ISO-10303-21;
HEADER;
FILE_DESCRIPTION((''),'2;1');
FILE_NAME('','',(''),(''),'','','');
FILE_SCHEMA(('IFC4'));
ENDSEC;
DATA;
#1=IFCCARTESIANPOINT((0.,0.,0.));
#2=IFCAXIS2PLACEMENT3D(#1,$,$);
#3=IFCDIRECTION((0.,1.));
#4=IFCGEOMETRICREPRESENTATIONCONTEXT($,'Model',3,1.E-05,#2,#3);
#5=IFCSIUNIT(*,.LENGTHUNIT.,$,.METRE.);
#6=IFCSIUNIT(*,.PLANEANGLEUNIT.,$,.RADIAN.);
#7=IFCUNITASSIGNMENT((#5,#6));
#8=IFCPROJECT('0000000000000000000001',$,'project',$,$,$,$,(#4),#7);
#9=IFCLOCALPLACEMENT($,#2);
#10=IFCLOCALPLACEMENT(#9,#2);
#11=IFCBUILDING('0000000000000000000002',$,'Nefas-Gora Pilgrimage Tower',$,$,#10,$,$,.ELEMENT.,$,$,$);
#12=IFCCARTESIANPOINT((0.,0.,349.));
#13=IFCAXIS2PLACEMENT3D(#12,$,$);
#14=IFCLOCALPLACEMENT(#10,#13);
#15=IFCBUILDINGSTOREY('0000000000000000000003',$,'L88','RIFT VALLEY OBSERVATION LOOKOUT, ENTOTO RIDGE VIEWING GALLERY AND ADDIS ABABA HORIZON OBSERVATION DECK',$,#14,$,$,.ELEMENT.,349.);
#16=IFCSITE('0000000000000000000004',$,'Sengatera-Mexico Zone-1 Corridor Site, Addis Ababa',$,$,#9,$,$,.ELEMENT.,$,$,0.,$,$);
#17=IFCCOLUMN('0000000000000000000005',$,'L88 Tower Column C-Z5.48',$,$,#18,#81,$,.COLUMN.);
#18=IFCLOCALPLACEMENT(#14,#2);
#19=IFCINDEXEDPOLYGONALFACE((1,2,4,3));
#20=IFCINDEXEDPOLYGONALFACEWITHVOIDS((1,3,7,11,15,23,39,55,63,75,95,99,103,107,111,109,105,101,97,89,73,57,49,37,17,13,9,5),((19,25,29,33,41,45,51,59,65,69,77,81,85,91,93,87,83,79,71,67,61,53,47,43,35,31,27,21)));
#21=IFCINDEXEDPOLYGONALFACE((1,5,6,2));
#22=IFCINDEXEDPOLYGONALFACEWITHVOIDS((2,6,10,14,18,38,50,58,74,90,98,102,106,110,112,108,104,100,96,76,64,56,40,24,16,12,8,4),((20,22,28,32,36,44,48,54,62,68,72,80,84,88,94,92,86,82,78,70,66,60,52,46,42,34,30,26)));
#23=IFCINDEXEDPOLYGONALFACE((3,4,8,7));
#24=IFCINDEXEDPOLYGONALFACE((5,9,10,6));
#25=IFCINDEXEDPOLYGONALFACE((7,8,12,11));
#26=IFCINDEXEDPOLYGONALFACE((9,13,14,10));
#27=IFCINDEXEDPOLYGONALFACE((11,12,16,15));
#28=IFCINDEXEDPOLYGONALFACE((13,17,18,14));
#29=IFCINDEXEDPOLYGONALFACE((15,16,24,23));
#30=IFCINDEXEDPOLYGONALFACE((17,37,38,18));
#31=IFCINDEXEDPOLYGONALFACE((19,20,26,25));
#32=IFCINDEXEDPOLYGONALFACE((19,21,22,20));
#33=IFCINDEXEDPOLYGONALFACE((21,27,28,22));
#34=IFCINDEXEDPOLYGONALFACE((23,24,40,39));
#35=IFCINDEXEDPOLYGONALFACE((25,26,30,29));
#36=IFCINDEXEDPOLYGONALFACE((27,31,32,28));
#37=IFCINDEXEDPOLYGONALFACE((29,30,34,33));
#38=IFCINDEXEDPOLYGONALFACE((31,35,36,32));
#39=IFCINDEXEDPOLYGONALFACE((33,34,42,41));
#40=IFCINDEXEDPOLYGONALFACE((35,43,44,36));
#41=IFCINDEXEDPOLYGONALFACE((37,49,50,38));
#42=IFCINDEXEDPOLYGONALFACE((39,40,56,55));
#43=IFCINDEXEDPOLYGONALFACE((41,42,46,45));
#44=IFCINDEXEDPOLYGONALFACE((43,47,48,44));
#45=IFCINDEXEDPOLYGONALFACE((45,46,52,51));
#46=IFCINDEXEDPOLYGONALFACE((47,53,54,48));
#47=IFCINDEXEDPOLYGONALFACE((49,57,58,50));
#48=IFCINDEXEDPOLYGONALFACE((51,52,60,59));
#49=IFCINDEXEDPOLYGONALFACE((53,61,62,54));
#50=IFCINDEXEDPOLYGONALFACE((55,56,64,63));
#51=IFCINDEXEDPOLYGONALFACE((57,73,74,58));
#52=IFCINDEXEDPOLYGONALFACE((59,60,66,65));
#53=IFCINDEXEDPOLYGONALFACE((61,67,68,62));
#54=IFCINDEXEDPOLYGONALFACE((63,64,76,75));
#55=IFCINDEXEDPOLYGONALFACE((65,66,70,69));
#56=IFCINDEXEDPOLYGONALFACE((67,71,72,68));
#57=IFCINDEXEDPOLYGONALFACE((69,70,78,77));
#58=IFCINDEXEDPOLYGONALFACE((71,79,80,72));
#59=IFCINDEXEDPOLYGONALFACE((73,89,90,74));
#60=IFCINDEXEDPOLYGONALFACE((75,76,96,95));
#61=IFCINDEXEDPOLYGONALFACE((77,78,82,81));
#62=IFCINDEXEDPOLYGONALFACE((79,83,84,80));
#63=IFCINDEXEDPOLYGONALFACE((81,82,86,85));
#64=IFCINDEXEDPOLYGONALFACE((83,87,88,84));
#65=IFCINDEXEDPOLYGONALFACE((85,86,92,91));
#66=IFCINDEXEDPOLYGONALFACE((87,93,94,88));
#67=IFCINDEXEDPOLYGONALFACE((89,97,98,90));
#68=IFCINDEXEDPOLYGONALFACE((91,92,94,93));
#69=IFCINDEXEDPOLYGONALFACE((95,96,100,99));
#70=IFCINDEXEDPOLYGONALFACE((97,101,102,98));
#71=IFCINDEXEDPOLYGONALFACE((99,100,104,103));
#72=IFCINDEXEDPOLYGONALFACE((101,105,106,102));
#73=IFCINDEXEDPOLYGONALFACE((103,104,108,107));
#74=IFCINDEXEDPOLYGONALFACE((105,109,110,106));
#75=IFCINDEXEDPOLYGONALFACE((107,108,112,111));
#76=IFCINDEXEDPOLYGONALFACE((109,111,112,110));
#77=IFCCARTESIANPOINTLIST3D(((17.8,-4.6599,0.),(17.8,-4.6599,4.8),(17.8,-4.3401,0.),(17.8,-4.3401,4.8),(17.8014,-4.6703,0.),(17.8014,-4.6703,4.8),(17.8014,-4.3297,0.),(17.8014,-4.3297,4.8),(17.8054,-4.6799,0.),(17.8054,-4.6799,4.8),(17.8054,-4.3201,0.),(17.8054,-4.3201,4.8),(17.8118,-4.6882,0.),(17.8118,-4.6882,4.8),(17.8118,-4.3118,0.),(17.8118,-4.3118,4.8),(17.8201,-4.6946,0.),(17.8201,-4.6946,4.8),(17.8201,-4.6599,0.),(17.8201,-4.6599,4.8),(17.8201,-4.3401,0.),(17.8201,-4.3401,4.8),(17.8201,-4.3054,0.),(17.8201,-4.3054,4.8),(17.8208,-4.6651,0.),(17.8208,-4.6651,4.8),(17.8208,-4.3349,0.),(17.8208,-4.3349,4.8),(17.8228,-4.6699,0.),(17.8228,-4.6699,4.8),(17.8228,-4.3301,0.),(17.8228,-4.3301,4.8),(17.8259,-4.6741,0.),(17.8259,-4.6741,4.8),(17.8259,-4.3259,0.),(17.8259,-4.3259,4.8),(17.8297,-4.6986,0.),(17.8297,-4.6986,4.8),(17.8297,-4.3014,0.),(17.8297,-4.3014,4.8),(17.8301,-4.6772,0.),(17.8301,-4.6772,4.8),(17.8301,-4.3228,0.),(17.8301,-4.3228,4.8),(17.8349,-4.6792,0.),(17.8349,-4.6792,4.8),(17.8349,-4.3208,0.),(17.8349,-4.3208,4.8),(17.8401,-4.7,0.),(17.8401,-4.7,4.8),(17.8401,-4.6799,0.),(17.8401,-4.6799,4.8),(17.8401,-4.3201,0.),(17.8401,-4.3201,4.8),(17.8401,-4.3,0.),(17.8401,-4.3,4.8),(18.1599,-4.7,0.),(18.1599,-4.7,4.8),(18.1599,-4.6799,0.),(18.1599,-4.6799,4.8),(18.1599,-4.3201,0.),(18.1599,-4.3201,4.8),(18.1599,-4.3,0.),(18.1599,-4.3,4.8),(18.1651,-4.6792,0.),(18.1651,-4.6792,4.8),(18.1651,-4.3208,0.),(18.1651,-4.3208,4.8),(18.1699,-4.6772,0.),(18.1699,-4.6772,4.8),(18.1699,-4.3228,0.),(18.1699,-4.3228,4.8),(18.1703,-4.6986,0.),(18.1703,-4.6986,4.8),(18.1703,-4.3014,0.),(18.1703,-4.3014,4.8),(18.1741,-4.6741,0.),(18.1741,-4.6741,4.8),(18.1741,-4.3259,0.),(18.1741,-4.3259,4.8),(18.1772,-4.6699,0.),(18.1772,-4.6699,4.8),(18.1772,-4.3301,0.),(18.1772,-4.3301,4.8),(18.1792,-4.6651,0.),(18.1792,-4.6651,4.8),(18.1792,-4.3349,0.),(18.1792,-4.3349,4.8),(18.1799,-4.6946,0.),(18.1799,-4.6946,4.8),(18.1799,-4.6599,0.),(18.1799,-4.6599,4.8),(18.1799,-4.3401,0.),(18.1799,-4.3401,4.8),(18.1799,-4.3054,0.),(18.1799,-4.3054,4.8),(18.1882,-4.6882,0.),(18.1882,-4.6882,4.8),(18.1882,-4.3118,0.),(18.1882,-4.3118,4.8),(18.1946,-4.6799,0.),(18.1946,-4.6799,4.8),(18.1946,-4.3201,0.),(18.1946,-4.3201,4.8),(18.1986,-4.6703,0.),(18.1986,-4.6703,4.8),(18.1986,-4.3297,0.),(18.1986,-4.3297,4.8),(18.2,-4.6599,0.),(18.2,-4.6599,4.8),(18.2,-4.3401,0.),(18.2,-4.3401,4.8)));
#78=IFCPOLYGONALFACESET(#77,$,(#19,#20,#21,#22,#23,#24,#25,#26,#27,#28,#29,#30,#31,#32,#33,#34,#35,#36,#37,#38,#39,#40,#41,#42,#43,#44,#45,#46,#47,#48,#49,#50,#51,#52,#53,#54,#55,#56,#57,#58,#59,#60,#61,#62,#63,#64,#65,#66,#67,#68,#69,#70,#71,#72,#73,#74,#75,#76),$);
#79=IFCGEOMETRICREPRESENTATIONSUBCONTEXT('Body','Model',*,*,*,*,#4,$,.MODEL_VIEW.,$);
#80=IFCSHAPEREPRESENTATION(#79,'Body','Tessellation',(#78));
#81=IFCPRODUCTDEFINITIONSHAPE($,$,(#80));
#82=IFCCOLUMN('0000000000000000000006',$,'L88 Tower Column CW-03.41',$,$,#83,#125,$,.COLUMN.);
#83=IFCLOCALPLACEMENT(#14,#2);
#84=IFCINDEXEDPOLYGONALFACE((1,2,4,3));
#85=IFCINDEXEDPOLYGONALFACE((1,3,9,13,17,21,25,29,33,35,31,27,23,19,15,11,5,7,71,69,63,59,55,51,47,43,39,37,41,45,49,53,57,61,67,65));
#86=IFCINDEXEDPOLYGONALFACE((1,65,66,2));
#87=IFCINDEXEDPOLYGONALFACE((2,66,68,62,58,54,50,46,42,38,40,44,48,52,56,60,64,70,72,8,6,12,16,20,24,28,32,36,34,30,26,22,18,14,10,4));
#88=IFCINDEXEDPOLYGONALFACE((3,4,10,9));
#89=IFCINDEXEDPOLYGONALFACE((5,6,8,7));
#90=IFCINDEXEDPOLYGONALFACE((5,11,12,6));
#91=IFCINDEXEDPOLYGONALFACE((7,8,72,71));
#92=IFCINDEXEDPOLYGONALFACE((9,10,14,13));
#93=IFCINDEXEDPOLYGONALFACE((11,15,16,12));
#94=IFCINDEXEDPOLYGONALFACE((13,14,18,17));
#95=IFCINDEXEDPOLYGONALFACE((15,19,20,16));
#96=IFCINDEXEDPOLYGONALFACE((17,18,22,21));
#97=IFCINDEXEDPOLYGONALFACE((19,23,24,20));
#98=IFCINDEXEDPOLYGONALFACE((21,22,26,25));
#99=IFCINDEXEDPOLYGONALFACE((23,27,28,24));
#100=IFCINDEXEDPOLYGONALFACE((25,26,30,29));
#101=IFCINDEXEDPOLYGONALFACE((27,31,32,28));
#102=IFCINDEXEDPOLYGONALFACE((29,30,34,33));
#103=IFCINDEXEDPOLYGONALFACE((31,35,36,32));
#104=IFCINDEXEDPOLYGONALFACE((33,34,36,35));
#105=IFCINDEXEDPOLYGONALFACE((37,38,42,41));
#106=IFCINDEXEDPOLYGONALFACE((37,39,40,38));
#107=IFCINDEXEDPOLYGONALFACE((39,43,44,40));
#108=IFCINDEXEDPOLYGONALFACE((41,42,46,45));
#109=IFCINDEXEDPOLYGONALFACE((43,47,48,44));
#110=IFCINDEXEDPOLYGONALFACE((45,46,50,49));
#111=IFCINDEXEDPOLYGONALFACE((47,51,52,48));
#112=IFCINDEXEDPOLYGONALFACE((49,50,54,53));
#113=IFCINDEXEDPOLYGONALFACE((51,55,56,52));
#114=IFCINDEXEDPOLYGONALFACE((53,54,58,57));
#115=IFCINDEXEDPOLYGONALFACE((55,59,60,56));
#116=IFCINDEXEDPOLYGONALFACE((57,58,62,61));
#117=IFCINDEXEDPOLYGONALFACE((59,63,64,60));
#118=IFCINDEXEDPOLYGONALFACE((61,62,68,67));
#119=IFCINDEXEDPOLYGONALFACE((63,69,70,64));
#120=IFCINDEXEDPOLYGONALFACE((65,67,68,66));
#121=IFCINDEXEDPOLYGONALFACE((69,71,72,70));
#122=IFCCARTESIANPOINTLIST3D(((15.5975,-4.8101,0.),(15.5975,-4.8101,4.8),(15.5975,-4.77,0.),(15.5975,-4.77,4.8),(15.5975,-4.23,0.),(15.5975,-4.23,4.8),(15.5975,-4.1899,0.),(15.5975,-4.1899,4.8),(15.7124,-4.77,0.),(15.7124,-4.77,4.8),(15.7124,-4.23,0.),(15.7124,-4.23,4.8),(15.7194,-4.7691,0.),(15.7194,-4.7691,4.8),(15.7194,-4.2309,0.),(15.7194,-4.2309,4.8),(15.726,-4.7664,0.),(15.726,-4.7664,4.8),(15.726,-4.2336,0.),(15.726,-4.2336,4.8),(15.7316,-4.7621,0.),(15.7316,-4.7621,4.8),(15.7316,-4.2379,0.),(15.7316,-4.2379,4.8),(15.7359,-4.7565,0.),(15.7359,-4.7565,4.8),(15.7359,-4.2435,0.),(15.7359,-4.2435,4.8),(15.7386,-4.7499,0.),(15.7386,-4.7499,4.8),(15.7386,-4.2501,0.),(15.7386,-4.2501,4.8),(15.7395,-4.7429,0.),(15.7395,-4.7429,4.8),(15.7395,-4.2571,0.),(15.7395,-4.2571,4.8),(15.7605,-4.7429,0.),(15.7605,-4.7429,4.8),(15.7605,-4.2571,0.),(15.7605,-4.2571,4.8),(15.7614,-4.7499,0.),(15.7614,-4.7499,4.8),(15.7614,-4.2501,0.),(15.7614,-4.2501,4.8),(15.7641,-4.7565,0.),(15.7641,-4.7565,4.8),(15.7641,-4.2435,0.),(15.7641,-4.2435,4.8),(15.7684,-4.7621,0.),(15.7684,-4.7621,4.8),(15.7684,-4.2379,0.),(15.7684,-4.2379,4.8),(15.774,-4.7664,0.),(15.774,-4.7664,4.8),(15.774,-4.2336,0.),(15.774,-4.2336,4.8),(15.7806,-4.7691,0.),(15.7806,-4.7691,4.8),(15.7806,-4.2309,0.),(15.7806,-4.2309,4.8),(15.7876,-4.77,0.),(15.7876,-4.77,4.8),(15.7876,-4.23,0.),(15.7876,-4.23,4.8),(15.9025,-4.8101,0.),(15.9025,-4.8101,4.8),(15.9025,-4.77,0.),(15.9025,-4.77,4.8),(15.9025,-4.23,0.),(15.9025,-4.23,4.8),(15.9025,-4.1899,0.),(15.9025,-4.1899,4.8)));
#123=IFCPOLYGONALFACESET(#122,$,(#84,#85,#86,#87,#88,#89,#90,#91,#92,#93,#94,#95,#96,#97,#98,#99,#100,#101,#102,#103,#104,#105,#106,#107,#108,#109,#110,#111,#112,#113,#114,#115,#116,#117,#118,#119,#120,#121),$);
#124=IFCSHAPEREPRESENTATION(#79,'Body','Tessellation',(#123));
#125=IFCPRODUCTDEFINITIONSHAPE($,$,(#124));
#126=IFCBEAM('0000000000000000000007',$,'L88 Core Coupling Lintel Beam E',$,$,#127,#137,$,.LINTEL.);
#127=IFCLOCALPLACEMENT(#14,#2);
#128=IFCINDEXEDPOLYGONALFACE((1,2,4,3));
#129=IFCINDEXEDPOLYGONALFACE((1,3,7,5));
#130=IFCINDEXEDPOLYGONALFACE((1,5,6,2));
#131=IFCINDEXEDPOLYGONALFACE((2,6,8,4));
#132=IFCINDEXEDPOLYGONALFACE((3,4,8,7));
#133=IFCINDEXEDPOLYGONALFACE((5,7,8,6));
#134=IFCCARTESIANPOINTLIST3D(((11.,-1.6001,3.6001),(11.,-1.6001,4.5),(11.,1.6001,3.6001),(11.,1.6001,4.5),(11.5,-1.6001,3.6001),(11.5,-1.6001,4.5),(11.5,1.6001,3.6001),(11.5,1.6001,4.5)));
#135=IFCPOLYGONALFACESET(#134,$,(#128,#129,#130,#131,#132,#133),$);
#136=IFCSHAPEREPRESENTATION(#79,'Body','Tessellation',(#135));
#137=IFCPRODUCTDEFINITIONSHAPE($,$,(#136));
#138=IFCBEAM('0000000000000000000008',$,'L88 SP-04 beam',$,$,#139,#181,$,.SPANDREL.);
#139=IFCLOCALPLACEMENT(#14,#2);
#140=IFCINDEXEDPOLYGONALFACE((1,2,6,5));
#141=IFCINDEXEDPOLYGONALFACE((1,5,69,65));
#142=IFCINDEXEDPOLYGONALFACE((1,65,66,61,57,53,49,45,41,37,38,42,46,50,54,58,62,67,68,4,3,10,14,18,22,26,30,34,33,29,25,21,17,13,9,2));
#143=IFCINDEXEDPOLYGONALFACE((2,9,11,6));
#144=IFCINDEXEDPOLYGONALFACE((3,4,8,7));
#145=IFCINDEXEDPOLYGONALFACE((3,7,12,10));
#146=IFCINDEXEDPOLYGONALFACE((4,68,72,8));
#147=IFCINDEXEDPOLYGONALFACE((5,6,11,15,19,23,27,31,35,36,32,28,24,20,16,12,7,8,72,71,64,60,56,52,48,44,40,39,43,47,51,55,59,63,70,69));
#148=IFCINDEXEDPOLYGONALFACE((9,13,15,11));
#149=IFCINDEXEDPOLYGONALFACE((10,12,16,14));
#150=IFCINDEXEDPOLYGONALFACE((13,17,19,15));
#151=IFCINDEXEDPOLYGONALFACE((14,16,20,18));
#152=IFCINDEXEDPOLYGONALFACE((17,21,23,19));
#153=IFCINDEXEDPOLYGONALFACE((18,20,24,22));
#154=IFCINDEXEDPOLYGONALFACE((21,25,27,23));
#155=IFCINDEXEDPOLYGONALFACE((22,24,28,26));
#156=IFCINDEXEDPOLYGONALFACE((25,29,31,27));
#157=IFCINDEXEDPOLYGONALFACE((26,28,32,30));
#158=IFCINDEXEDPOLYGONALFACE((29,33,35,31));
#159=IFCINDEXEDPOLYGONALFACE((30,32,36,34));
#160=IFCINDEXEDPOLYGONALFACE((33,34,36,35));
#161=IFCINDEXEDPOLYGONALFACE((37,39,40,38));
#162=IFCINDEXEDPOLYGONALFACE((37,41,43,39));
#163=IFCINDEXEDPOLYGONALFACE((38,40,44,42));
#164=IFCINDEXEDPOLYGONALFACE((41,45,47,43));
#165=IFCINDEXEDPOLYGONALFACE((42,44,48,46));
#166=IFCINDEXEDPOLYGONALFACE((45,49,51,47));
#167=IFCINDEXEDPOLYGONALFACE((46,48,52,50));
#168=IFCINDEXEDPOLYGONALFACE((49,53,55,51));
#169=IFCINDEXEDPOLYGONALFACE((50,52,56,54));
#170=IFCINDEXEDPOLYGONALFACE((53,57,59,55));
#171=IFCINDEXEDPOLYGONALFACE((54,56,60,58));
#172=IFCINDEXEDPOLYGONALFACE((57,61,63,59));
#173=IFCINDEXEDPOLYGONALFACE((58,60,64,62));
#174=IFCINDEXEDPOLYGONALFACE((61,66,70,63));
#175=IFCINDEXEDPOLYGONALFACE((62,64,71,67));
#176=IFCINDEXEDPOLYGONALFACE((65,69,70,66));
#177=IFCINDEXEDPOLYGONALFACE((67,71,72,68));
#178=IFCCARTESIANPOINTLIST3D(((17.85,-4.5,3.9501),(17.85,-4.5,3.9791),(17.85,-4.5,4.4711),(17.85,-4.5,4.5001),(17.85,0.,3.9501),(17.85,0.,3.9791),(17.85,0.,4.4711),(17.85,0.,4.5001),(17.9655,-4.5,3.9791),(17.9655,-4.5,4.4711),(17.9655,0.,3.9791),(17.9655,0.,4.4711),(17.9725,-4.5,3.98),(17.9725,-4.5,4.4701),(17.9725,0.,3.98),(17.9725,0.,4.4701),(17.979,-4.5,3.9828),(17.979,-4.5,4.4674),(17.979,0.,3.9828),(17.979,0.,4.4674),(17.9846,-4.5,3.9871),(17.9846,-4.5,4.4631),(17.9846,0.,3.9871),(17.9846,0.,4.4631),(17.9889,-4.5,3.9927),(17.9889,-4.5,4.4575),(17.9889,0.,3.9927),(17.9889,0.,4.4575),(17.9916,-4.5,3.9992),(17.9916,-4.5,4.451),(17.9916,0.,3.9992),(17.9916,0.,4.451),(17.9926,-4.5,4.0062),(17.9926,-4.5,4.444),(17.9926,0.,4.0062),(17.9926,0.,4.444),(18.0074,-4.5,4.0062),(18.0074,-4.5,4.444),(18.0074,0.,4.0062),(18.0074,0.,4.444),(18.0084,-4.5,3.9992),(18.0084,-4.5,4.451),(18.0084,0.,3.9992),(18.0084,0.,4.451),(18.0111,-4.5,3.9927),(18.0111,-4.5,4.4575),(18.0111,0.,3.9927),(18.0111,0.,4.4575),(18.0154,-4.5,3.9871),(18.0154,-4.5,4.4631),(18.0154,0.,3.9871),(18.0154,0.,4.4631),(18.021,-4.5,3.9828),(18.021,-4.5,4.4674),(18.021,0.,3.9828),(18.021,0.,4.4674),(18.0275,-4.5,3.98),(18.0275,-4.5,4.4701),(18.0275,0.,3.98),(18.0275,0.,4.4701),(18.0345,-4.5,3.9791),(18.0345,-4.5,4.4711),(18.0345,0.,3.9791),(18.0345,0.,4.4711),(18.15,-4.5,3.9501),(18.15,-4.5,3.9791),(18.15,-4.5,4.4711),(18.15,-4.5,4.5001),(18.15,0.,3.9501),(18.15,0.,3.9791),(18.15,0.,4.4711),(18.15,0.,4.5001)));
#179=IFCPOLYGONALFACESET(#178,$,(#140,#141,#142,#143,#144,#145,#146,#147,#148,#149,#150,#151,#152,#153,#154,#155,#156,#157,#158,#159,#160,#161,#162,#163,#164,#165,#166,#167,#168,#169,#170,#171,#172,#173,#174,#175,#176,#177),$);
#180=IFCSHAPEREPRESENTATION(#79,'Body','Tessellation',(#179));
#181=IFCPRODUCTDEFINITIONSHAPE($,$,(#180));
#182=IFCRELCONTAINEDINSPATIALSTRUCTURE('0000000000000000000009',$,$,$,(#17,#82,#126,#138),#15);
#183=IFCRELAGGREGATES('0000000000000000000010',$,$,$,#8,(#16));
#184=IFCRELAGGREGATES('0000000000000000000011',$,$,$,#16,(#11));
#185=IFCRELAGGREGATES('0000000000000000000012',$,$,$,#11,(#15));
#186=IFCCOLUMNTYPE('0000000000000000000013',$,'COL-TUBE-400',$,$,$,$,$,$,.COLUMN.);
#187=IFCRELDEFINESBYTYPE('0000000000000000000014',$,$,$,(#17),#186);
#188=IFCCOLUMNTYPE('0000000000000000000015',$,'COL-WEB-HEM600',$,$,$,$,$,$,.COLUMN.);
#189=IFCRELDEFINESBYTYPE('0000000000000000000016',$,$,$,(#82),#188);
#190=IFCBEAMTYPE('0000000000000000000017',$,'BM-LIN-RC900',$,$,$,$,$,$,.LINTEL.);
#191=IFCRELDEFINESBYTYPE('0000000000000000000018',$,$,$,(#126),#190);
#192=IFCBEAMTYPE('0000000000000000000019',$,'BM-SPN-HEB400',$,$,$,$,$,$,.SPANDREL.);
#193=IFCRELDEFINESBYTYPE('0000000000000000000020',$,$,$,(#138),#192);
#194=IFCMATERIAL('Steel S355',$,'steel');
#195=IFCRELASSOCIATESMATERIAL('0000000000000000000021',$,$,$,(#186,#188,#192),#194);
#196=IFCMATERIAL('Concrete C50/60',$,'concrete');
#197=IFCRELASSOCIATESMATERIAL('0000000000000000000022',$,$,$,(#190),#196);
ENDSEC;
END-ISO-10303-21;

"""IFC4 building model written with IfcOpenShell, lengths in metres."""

from ifc_helpers import new_model, si_unit, direction, frame, origin, origin_2d, place, context, subcontext, project, spatial, rectangle, hollow_rectangle, i_section, extrude, source, transform, mapped, material, material_profile, profile_set, type_object, element, save


model = new_model("IFC4")

# Units and contexts
model_context = context("Model", 3, precision=1e-05, world=origin(), true_north=direction((0.0, 1.0)))
body_context = subcontext(model_context, "Body", "Model", "MODEL_VIEW")
ifc_project = project(units=[si_unit("LENGTHUNIT", "METRE"), si_unit("PLANEANGLEUNIT", "RADIAN")], contexts=[model_context])

# Site, building, storey
site_placement = place(None, origin())
site = spatial("IfcSite", under=ifc_project, at=site_placement, Name="Sengatera-Mexico Zone-1 Corridor Site, Addis Ababa", CompositionType="ELEMENT", RefElevation=0.0)
building_placement = place(site_placement, origin())
building = spatial("IfcBuilding", under=site, at=building_placement, Name="Nefas-Gora Pilgrimage Tower", CompositionType="ELEMENT")
storey_placement = place(building_placement, frame((0.0, 0.0, 349.0)))
storey = spatial("IfcBuildingStorey", under=building, at=storey_placement, Name="L88", Description="RIFT VALLEY OBSERVATION LOOKOUT, ENTOTO RIDGE VIEWING GALLERY AND ADDIS ABABA HORIZON OBSERVATION DECK", CompositionType="ELEMENT", Elevation=349.0)

# Columns
ifc_material_1 = material(Name="Steel S355", Category="steel")
ifc_material_profile_1 = material_profile(ifc_material_1, hollow_rectangle(XDim=0.3999, YDim=0.3999, WallThickness=0.02, InnerFilletRadius=0.02, OuterFilletRadius=0.04, at=origin_2d()), Name="SHS 400x400x20")
ifc_profile_set_1 = profile_set([ifc_material_profile_1], Name="Steel S355")
column_type_1 = type_object("IfcColumnType", Name="COL-TUBE-400", PredefinedType="COLUMN", material=ifc_profile_set_1)
shared_shape_1 = source(origin(), body_context, "Body", "SweptSolid", [
    extrude(hollow_rectangle(XDim=0.3999, YDim=0.3999, WallThickness=0.02, InnerFilletRadius=0.02, OuterFilletRadius=0.04, at=origin_2d()), origin(), (0.0, 0.0, 1.0), 4.8),
])
column_1_placement = place(storey_placement, frame((18.0, -4.5, 0.0), z_axis=(0.0, 0.0, 1.0), x_axis=(1.0, 0.0, 0.0)))
element("IfcColumn", 1, at=column_1_placement, inside=storey, type_object=column_type_1, Name="L88 Tower Column C-Z5.48", PredefinedType="COLUMN", context=body_context, shape_type="MappedRepresentation", body=[
    mapped(shared_shape_1, transform((0.0, 0.0, 0.0), x_axis=(1.0, 0.0, 0.0), y_axis=(0.0, 1.0, 0.0), z_axis=(0.0, 0.0, 1.0), scale=1.0)),
])
ifc_material_profile_2 = material_profile(ifc_material_1, i_section(OverallWidth=0.3049, OverallDepth=0.6201, WebThickness=0.021, FlangeThickness=0.04, FilletRadius=0.0271, at=origin_2d()), Name="HEM 600")
ifc_profile_set_2 = profile_set([ifc_material_profile_2], Name="Steel S355")
column_type_2 = type_object("IfcColumnType", Name="COL-WEB-HEM600", PredefinedType="COLUMN", material=ifc_profile_set_2)
shared_shape_2 = source(origin(), body_context, "Body", "SweptSolid", [
    extrude(i_section(OverallWidth=0.3049, OverallDepth=0.6201, WebThickness=0.021, FlangeThickness=0.04, FilletRadius=0.0271, at=origin_2d()), origin(), (0.0, 0.0, 1.0), 4.8),
])
column_2_placement = place(storey_placement, frame((15.75, -4.5, 0.0), z_axis=(0.0, 0.0, 1.0), x_axis=(1.0, 0.0, 0.0)))
element("IfcColumn", 2, at=column_2_placement, inside=storey, type_object=column_type_2, Name="L88 Tower Column CW-03.41", PredefinedType="COLUMN", context=body_context, shape_type="MappedRepresentation", body=[
    mapped(shared_shape_2, transform((0.0, 0.0, 0.0), x_axis=(1.0, 0.0, 0.0), y_axis=(0.0, 1.0, 0.0), z_axis=(0.0, 0.0, 1.0), scale=1.0)),
])

# Beams
ifc_material_2 = material(Name="Concrete C50/60", Category="concrete")
ifc_material_profile_3 = material_profile(ifc_material_2, rectangle(XDim=0.5, YDim=0.8999, at=origin_2d()), Name="RC 500x900")
ifc_profile_set_3 = profile_set([ifc_material_profile_3], Name="Concrete C50/60")
beam_type_1 = type_object("IfcBeamType", Name="BM-LIN-RC900", PredefinedType="LINTEL", material=ifc_profile_set_3)
shared_shape_3 = source(origin(), body_context, "Body", "SweptSolid", [
    extrude(rectangle(XDim=0.5, YDim=0.8999, at=origin_2d()), origin(), (0.0, 0.0, 1.0), 3.2002),
])
beam_1_placement = place(storey_placement, frame((11.25, -1.6001, 4.05), z_axis=(0.0, 1.0, 0.0), x_axis=(-1.0, 0.0, 0.0)))
element("IfcBeam", 3, at=beam_1_placement, inside=storey, type_object=beam_type_1, Name="L88 Core Coupling Lintel Beam E", PredefinedType="LINTEL", context=body_context, shape_type="MappedRepresentation", body=[
    mapped(shared_shape_3, transform((0.0, 0.0, 0.0), x_axis=(1.0, 0.0, 0.0), y_axis=(0.0, 1.0, 0.0), z_axis=(0.0, 0.0, 1.0), scale=1.0)),
])
ifc_material_profile_4 = material_profile(ifc_material_1, i_section(OverallWidth=0.3, OverallDepth=0.55, WebThickness=0.0149, FlangeThickness=0.0291, FilletRadius=0.0271, at=origin_2d()), Name="HEB 550")
ifc_profile_set_4 = profile_set([ifc_material_profile_4], Name="Steel S355")
beam_type_2 = type_object("IfcBeamType", Name="BM-SPN-HEB400", PredefinedType="SPANDREL", material=ifc_profile_set_4)
shared_shape_4 = source(origin(), body_context, "Body", "SweptSolid", [
    extrude(i_section(OverallWidth=0.3, OverallDepth=0.55, WebThickness=0.0149, FlangeThickness=0.0291, FilletRadius=0.0271, at=origin_2d()), origin(), (0.0, 0.0, 1.0), 4.5),
])
beam_2_placement = place(storey_placement, frame((18.0, -4.5, 4.2251), z_axis=(0.0, 1.0, 0.0), x_axis=(-1.0, 0.0, 0.0)))
element("IfcBeam", 4, at=beam_2_placement, inside=storey, type_object=beam_type_2, Name="L88 SP-04 beam", PredefinedType="SPANDREL", context=body_context, shape_type="MappedRepresentation", body=[
    mapped(shared_shape_4, transform((0.0, 0.0, 0.0), x_axis=(1.0, 0.0, 0.0), y_axis=(0.0, 1.0, 0.0), z_axis=(0.0, 0.0, 1.0), scale=1.0)),
])

save(model, "model.ifc")
